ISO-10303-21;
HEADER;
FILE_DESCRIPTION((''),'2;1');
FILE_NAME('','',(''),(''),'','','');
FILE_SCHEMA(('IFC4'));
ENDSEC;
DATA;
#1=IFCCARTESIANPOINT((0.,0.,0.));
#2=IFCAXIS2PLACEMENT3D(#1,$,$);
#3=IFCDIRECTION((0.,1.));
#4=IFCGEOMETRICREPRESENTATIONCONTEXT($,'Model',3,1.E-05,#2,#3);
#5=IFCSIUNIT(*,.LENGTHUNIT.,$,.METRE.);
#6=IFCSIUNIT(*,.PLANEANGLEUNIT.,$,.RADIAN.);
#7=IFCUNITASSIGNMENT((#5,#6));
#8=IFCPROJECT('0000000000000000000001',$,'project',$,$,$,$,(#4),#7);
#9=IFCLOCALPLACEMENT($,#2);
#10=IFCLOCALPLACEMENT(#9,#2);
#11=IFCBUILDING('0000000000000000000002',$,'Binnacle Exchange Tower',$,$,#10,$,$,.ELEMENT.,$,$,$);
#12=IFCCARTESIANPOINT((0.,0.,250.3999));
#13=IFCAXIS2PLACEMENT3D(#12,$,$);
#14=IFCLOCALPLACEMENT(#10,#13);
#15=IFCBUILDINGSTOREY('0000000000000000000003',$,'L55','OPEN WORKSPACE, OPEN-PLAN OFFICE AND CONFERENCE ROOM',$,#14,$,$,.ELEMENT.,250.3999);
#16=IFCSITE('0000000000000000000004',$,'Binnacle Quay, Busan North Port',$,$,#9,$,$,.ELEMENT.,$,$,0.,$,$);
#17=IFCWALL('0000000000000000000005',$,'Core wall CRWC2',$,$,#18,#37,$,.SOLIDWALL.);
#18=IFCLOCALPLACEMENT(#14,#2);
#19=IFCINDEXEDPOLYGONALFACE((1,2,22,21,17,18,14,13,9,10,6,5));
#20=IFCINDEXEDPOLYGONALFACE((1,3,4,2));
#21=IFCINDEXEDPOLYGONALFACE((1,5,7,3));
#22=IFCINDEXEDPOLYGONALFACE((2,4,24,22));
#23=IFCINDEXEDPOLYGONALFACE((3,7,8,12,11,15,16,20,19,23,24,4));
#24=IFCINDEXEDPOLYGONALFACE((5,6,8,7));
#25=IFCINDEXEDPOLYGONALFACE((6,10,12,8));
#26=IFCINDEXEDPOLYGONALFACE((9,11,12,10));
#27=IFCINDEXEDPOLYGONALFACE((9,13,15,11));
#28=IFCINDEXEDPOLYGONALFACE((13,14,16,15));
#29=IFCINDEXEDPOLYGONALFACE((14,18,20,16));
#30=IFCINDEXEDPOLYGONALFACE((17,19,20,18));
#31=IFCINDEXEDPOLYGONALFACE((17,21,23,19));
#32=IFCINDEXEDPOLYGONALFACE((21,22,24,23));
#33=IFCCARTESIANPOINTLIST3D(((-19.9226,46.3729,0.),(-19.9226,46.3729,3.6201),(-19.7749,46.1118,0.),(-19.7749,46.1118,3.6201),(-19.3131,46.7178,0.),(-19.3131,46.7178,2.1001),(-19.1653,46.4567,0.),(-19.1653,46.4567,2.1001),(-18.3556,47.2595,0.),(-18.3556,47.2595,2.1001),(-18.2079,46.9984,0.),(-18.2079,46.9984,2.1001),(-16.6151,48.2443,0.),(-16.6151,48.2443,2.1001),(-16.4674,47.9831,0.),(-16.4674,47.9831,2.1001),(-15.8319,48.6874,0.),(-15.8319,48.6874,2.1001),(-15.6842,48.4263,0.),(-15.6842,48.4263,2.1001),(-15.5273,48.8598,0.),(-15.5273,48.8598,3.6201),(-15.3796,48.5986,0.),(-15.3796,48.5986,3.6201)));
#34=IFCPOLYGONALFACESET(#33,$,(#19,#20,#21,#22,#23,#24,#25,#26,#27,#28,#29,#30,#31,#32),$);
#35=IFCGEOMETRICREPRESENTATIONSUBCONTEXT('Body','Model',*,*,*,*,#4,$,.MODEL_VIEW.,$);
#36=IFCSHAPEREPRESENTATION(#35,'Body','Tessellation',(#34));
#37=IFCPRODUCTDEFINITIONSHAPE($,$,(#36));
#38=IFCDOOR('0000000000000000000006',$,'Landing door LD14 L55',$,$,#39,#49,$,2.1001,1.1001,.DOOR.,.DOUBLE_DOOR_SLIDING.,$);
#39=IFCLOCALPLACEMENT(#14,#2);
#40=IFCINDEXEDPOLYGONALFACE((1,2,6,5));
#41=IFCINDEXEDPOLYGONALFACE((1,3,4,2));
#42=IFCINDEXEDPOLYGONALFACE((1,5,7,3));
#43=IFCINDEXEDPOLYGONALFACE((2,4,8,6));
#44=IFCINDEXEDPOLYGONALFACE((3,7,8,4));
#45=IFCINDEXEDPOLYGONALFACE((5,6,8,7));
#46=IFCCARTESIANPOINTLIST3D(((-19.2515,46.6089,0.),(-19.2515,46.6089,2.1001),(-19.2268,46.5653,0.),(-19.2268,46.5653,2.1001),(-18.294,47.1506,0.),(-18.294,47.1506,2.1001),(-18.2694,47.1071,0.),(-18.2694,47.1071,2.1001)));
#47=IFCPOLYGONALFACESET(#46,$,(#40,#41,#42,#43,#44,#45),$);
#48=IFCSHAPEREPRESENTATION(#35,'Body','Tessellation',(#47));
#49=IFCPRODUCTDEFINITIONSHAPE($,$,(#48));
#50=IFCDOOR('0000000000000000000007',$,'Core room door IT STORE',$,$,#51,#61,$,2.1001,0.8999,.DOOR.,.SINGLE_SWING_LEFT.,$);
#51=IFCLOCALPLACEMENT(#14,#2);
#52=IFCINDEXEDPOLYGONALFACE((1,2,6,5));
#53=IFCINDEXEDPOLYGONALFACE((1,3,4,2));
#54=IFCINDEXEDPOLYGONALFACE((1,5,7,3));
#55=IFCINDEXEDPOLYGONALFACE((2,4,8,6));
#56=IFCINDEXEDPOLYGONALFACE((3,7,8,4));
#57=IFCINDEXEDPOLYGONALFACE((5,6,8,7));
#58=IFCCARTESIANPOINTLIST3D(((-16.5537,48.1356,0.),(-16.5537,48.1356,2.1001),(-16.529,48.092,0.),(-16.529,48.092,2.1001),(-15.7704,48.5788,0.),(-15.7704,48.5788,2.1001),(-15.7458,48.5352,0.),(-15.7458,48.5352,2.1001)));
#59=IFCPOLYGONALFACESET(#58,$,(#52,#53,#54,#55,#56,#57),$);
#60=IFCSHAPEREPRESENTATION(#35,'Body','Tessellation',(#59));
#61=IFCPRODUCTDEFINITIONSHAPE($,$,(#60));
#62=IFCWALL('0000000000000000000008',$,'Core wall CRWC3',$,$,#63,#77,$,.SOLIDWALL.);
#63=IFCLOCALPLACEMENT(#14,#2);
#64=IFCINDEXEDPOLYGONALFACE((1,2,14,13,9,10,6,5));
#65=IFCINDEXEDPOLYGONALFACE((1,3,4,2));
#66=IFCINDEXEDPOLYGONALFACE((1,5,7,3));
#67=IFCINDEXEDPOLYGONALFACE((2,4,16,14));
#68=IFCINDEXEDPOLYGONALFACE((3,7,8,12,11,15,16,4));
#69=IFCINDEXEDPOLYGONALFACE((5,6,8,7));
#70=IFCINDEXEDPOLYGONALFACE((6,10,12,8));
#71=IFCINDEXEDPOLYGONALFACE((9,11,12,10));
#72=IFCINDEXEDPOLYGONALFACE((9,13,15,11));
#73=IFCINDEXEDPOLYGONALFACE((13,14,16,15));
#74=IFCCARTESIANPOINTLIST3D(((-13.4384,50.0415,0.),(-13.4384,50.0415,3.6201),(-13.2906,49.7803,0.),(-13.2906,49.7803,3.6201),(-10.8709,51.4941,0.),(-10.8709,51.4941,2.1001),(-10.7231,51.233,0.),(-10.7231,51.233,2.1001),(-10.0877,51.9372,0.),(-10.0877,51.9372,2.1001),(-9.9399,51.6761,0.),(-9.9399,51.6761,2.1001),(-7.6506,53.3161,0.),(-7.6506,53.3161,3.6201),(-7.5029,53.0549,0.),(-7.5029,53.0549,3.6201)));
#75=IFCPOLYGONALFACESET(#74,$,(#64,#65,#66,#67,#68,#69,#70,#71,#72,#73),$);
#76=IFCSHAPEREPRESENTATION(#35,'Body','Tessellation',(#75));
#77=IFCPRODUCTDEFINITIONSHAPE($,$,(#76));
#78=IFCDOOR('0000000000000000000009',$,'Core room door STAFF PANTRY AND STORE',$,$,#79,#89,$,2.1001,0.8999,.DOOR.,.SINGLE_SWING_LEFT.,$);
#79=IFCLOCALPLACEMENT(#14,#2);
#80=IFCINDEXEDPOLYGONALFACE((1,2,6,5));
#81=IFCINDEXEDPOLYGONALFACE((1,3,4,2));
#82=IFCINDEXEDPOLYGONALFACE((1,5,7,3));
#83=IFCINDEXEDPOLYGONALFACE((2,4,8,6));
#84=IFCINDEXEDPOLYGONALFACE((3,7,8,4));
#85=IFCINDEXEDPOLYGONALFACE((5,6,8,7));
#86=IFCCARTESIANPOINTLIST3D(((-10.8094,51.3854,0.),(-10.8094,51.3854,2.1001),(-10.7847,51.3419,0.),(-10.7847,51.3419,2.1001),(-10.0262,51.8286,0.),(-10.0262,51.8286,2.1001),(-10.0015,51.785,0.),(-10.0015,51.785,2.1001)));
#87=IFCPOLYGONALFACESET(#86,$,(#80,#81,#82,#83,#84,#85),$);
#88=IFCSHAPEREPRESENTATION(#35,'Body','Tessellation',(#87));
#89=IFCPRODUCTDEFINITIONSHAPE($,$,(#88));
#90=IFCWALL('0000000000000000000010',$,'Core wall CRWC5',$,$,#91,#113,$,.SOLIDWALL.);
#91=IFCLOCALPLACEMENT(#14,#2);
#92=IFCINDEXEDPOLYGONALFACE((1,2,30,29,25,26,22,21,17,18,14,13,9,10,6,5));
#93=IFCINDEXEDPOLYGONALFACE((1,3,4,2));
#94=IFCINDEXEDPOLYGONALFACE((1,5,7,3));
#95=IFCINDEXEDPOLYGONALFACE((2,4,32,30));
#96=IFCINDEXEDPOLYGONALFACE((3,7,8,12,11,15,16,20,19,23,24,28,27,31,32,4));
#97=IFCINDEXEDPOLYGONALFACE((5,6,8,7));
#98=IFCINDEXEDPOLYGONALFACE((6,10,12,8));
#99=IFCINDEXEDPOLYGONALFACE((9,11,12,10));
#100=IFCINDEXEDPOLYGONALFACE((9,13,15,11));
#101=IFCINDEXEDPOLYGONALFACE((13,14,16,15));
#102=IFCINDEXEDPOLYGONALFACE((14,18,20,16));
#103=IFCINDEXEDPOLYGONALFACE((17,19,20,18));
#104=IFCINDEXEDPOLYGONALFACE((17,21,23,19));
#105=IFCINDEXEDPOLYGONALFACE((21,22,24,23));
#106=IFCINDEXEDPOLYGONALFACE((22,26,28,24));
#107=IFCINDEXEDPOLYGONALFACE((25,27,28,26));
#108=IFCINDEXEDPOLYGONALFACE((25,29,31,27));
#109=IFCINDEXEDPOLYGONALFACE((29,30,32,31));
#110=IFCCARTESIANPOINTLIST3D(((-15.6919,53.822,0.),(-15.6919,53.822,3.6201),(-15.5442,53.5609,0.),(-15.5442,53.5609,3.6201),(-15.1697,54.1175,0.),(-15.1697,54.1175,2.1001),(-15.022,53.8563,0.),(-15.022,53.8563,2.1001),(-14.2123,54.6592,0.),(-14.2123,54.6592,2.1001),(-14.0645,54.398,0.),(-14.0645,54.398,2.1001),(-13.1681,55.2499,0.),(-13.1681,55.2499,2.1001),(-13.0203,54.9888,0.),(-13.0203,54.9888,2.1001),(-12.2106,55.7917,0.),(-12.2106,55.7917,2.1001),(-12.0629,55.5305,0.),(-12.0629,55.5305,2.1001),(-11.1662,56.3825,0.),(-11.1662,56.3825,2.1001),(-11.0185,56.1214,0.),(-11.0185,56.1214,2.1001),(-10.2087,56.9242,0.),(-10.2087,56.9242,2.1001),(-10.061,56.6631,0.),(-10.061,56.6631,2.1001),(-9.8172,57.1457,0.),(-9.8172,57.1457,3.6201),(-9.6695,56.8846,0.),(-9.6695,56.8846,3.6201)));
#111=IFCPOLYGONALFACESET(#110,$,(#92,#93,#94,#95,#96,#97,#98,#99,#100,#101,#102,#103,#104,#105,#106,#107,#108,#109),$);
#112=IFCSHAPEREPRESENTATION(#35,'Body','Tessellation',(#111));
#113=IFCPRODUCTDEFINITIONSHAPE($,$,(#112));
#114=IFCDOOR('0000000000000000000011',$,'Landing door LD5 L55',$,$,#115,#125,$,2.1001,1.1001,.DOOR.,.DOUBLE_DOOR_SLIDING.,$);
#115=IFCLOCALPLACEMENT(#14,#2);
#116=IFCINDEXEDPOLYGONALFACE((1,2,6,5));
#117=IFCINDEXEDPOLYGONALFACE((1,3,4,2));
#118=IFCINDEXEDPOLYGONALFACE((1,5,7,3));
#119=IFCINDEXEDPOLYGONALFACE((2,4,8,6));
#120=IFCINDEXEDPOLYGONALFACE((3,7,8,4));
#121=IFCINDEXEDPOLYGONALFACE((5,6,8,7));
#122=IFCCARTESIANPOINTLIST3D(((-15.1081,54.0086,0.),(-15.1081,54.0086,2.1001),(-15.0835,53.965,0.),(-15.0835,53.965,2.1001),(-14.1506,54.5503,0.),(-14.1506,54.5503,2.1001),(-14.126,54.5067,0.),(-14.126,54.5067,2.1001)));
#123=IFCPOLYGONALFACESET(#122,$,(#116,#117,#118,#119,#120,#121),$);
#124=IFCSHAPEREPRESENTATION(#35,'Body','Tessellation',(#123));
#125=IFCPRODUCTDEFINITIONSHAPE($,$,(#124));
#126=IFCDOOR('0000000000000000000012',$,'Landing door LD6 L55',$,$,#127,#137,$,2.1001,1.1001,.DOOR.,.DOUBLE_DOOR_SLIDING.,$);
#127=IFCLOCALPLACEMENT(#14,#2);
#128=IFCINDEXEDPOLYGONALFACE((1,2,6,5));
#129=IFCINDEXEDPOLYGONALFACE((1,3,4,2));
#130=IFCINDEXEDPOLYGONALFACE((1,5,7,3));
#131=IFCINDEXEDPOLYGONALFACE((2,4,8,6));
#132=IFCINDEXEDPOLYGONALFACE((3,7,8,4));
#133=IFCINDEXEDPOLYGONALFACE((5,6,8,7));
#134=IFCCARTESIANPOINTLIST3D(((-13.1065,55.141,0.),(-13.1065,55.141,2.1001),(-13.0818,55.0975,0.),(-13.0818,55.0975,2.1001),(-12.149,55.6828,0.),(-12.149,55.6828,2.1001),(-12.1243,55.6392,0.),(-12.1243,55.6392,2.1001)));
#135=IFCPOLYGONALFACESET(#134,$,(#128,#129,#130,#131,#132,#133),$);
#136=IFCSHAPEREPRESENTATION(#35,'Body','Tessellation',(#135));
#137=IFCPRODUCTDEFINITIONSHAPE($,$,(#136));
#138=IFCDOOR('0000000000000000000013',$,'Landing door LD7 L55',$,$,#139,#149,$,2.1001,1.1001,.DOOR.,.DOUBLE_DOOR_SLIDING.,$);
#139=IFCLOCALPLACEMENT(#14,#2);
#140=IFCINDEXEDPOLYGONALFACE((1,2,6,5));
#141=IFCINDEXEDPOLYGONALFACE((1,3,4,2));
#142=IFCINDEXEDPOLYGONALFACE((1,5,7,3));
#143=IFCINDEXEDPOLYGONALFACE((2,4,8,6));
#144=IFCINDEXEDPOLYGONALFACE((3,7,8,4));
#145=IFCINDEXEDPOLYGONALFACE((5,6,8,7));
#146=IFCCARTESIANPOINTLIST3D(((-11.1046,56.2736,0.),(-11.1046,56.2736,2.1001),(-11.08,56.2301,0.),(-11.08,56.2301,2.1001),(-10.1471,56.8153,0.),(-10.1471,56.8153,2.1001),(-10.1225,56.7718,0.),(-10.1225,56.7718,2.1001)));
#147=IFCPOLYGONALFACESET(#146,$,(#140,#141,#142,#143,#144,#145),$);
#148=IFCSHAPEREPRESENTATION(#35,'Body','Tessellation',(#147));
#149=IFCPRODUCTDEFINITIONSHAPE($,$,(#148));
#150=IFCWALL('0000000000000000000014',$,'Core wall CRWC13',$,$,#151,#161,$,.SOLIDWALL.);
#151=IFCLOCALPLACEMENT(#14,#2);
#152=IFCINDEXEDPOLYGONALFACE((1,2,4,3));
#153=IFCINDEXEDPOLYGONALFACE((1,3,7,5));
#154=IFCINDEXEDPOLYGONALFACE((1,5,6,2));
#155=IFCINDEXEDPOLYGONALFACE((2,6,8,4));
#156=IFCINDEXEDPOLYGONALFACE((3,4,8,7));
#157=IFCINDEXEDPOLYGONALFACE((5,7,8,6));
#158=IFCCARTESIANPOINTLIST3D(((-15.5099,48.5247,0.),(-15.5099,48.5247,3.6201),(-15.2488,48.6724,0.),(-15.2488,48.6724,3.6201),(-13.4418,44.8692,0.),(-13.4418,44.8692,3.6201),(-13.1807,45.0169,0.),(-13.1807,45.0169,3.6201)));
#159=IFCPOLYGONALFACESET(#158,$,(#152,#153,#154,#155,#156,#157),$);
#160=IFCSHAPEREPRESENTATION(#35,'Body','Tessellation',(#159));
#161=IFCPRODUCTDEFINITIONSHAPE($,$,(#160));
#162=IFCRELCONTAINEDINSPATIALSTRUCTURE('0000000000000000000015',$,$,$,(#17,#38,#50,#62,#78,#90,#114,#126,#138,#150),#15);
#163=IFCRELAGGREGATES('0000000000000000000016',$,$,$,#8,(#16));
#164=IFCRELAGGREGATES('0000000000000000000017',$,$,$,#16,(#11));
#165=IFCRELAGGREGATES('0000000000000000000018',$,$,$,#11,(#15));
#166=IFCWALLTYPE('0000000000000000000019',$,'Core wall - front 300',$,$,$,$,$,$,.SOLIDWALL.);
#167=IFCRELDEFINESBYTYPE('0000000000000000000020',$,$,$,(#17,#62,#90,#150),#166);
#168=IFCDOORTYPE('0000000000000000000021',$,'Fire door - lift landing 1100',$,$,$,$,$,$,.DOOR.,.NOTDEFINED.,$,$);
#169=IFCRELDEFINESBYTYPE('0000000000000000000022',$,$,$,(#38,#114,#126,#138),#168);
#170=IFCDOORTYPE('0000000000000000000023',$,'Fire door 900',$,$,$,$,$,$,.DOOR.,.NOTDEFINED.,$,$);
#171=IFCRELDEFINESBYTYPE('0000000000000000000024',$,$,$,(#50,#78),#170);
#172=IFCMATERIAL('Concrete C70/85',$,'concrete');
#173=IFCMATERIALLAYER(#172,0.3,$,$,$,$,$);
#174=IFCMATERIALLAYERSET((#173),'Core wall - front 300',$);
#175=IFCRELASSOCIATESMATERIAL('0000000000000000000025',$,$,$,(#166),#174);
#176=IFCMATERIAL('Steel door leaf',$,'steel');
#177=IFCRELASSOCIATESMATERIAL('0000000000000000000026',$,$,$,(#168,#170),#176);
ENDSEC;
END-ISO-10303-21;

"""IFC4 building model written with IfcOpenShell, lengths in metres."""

from ifc_helpers import new_model, si_unit, direction, frame, frame_2d, origin, place, context, subcontext, project, spatial, rectangle, extrude, material, layer, layer_set, type_object, element, fill, save


model = new_model("IFC4")

# Units and contexts
model_context = context("Model", 3, precision=1e-05, world=origin(), true_north=direction((0.0, 1.0)))
body_context = subcontext(model_context, "Body", "Model", "MODEL_VIEW")
ifc_project = project(units=[si_unit("LENGTHUNIT", "METRE"), si_unit("PLANEANGLEUNIT", "RADIAN")], contexts=[model_context])

# Site, building, storey
site_placement = place(None, origin())
site = spatial("IfcSite", under=ifc_project, at=site_placement, Name="Binnacle Quay, Busan North Port", CompositionType="ELEMENT", RefElevation=0.0)
building_placement = place(site_placement, origin())
building = spatial("IfcBuilding", under=site, at=building_placement, Name="Binnacle Exchange Tower", CompositionType="ELEMENT")
storey_placement = place(building_placement, frame((0.0, 0.0, 250.3999)))
storey = spatial("IfcBuildingStorey", under=building, at=storey_placement, Name="L55", Description="OPEN WORKSPACE, OPEN-PLAN OFFICE AND CONFERENCE ROOM", CompositionType="ELEMENT", Elevation=250.3999)

# Wall, openings, doors
ifc_material_1 = material(Name="Concrete C70/85", Category="concrete")
ifc_layer_1 = layer(ifc_material_1, 0.3)
ifc_layer_set_1 = layer_set([ifc_layer_1], Name="Core wall - front 300")
wall_type_1 = type_object("IfcWallType", Name="Core wall - front 300", PredefinedType="SOLIDWALL", material=ifc_layer_set_1)
wall_1_placement = place(storey_placement, frame((-19.8486, 46.2424, 0.0), z_axis=(0.0, 0.0, 1.0), x_axis=(0.870348, 0.492438, 0.0)))
wall_1 = element("IfcWall", 1, at=wall_1_placement, inside=storey, type_object=wall_type_1, Name="Core wall CRWC2", PredefinedType="SOLIDWALL", context=body_context, shape_type="SweptSolid", body=[
    extrude(rectangle(XDim=5.05, YDim=0.3, at=frame_2d((2.5249, 0.0))), origin(), (0.0, 0.0, 1.0), 3.6201),
])
opening_1_placement = place(wall_1_placement, frame((0.7002, 0.0, 0.0)))
opening_1 = element("IfcOpeningElement", 2, at=opening_1_placement, cuts=wall_1, PredefinedType="OPENING", context=body_context, shape_type="SweptSolid", body=[
    extrude(rectangle(XDim=1.1001, YDim=2.1001, at=frame_2d((0.55, 1.05))), frame((0.0, 0.1599, 0.0), z_axis=(0.0, -1.0, 0.0), x_axis=(1.0, 0.0, 0.0)), (0.0, 0.0, 1.0), 0.3201),
])
opening_2_placement = place(wall_1_placement, frame((3.8, 0.0, 0.0)))
opening_2 = element("IfcOpeningElement", 3, at=opening_2_placement, cuts=wall_1, PredefinedType="OPENING", context=body_context, shape_type="SweptSolid", body=[
    extrude(rectangle(XDim=0.8999, YDim=2.1001, at=frame_2d((0.45, 1.05))), frame((0.0, 0.1599, 0.0), z_axis=(0.0, -1.0, 0.0), x_axis=(1.0, 0.0, 0.0)), (0.0, 0.0, 1.0), 0.3201),
])
ifc_material_2 = material(Name="Steel door leaf", Category="steel")
door_type_1 = type_object("IfcDoorType", Name="Fire door - lift landing 1100", OperationType="NOTDEFINED", PredefinedType="DOOR", material=ifc_material_2)
door_1_placement = place(opening_1_placement, origin())
door_1 = element("IfcDoor", 4, at=door_1_placement, inside=storey, type_object=door_type_1, Name="Landing door LD14 L55", OperationType="DOUBLE_DOOR_SLIDING", OverallHeight=2.1001, OverallWidth=1.1001, PredefinedType="DOOR", context=body_context, shape_type="SweptSolid", body=[
    extrude(rectangle(XDim=1.1001, YDim=2.1001, at=frame_2d((0.55, 1.05))), frame((0.0, 0.0249, 0.0), z_axis=(0.0, -1.0, 0.0), x_axis=(1.0, 0.0, 0.0)), (0.0, 0.0, 1.0), 0.05),
])
fill(opening_1, door_1)
door_type_2 = type_object("IfcDoorType", Name="Fire door 900", OperationType="NOTDEFINED", PredefinedType="DOOR", material=ifc_material_2)
door_2_placement = place(opening_2_placement, frame((0.8999, 0.0, 0.0), z_axis=(0.0, 0.0, 1.0), x_axis=(-1.0, 0.0, 0.0)))
door_2 = element("IfcDoor", 5, at=door_2_placement, inside=storey, type_object=door_type_2, Name="Core room door IT STORE", OperationType="SINGLE_SWING_LEFT", OverallHeight=2.1001, OverallWidth=0.8999, PredefinedType="DOOR", context=body_context, shape_type="SweptSolid", body=[
    extrude(rectangle(XDim=0.8999, YDim=2.1001, at=frame_2d((0.45, 1.05))), frame((0.0, 0.0249, 0.0), z_axis=(0.0, -1.0, 0.0), x_axis=(1.0, 0.0, 0.0)), (0.0, 0.0, 1.0), 0.05),
])
fill(opening_2, door_2)

# Wall, opening, door
wall_2_placement = place(storey_placement, frame((-13.3645, 49.9109, 0.0), z_axis=(0.0, 0.0, 1.0), x_axis=(0.870352, 0.49243, 0.0)))
wall_2 = element("IfcWall", 6, at=wall_2_placement, inside=storey, type_object=wall_type_1, Name="Core wall CRWC3", PredefinedType="SOLIDWALL", context=body_context, shape_type="SweptSolid", body=[
    extrude(rectangle(XDim=6.6499, YDim=0.3, at=frame_2d((3.325, 0.0))), origin(), (0.0, 0.0, 1.0), 3.6201),
])
opening_3_placement = place(wall_2_placement, frame((2.95, 0.0, 0.0)))
opening_3 = element("IfcOpeningElement", 7, at=opening_3_placement, cuts=wall_2, PredefinedType="OPENING", context=body_context, shape_type="SweptSolid", body=[
    extrude(rectangle(XDim=0.8999, YDim=2.1001, at=frame_2d((0.45, 1.05))), frame((0.0, 0.1599, 0.0), z_axis=(0.0, -1.0, 0.0), x_axis=(1.0, 0.0, 0.0)), (0.0, 0.0, 1.0), 0.3201),
])
door_3_placement = place(opening_3_placement, frame((0.8999, 0.0, 0.0), z_axis=(0.0, 0.0, 1.0), x_axis=(-1.0, 0.0, 0.0)))
door_3 = element("IfcDoor", 8, at=door_3_placement, inside=storey, type_object=door_type_2, Name="Core room door STAFF PANTRY AND STORE", OperationType="SINGLE_SWING_LEFT", OverallHeight=2.1001, OverallWidth=0.8999, PredefinedType="DOOR", context=body_context, shape_type="SweptSolid", body=[
    extrude(rectangle(XDim=0.8999, YDim=2.1001, at=frame_2d((0.45, 1.05))), frame((0.0, 0.0249, 0.0), z_axis=(0.0, -1.0, 0.0), x_axis=(1.0, 0.0, 0.0)), (0.0, 0.0, 1.0), 0.05),
])
fill(opening_3, door_3)

# Wall, openings, doors
wall_3_placement = place(storey_placement, frame((-15.6182, 53.6914, 0.0), z_axis=(0.0, 0.0, 1.0), x_axis=(0.870359, 0.492418, 0.0)))
wall_3 = element("IfcWall", 9, at=wall_3_placement, inside=storey, type_object=wall_type_1, Name="Core wall CRWC5", PredefinedType="SOLIDWALL", context=body_context, shape_type="SweptSolid", body=[
    extrude(rectangle(XDim=6.7498, YDim=0.3, at=frame_2d((3.375, 0.0))), origin(), (0.0, 0.0, 1.0), 3.6201),
])
opening_4_placement = place(wall_3_placement, frame((0.6001, 0.0, 0.0)))
opening_4 = element("IfcOpeningElement", 10, at=opening_4_placement, cuts=wall_3, PredefinedType="OPENING", context=body_context, shape_type="SweptSolid", body=[
    extrude(rectangle(XDim=1.1001, YDim=2.1001, at=frame_2d((0.55, 1.05))), frame((0.0, 0.1599, 0.0), z_axis=(0.0, -1.0, 0.0), x_axis=(1.0, 0.0, 0.0)), (0.0, 0.0, 1.0), 0.3201),
])
opening_5_placement = place(wall_3_placement, frame((2.8999, 0.0, 0.0)))
opening_5 = element("IfcOpeningElement", 11, at=opening_5_placement, cuts=wall_3, PredefinedType="OPENING", context=body_context, shape_type="SweptSolid", body=[
    extrude(rectangle(XDim=1.1001, YDim=2.1001, at=frame_2d((0.55, 1.05))), frame((0.0, 0.1599, 0.0), z_axis=(0.0, -1.0, 0.0), x_axis=(1.0, 0.0, 0.0)), (0.0, 0.0, 1.0), 0.3201),
])
opening_6_placement = place(wall_3_placement, frame((5.2, 0.0, 0.0)))
opening_6 = element("IfcOpeningElement", 12, at=opening_6_placement, cuts=wall_3, PredefinedType="OPENING", context=body_context, shape_type="SweptSolid", body=[
    extrude(rectangle(XDim=1.1001, YDim=2.1001, at=frame_2d((0.55, 1.05))), frame((0.0, 0.1599, 0.0), z_axis=(0.0, -1.0, 0.0), x_axis=(1.0, 0.0, 0.0)), (0.0, 0.0, 1.0), 0.3201),
])
door_4_placement = place(opening_4_placement, origin())
door_4 = element("IfcDoor", 13, at=door_4_placement, inside=storey, type_object=door_type_1, Name="Landing door LD5 L55", OperationType="DOUBLE_DOOR_SLIDING", OverallHeight=2.1001, OverallWidth=1.1001, PredefinedType="DOOR", context=body_context, shape_type="SweptSolid", body=[
    extrude(rectangle(XDim=1.1001, YDim=2.1001, at=frame_2d((0.55, 1.05))), frame((0.0, 0.0249, 0.0), z_axis=(0.0, -1.0, 0.0), x_axis=(1.0, 0.0, 0.0)), (0.0, 0.0, 1.0), 0.05),
])
fill(opening_4, door_4)
door_5_placement = place(opening_5_placement, origin())
door_5 = element("IfcDoor", 14, at=door_5_placement, inside=storey, type_object=door_type_1, Name="Landing door LD6 L55", OperationType="DOUBLE_DOOR_SLIDING", OverallHeight=2.1001, OverallWidth=1.1001, PredefinedType="DOOR", context=body_context, shape_type="SweptSolid", body=[
    extrude(rectangle(XDim=1.1001, YDim=2.1001, at=frame_2d((0.55, 1.05))), frame((0.0, 0.0249, 0.0), z_axis=(0.0, -1.0, 0.0), x_axis=(1.0, 0.0, 0.0)), (0.0, 0.0, 1.0), 0.05),
])
fill(opening_5, door_5)
door_6_placement = place(opening_6_placement, origin())
door_6 = element("IfcDoor", 15, at=door_6_placement, inside=storey, type_object=door_type_1, Name="Landing door LD7 L55", OperationType="DOUBLE_DOOR_SLIDING", OverallHeight=2.1001, OverallWidth=1.1001, PredefinedType="DOOR", context=body_context, shape_type="SweptSolid", body=[
    extrude(rectangle(XDim=1.1001, YDim=2.1001, at=frame_2d((0.55, 1.05))), frame((0.0, 0.0249, 0.0), z_axis=(0.0, -1.0, 0.0), x_axis=(1.0, 0.0, 0.0)), (0.0, 0.0, 1.0), 0.05),
])
fill(opening_6, door_6)

# Wall
for number, where, z_axis, x_axis, name in (
    (16, (-15.3794, 48.5986, 0.0), (0.0, 0.0, 1.0), (0.49241, -0.870364, 0.0), "Core wall CRWC13"),
):
    element("IfcWall", number, at=place(storey_placement, frame(where, z_axis=z_axis, x_axis=x_axis)), inside=storey, type_object=wall_type_1, Name=name, PredefinedType="SOLIDWALL", context=body_context, shape_type="SweptSolid", body=[
        extrude(rectangle(XDim=4.2, YDim=0.3, at=frame_2d((2.1001, 0.0))), origin(), (0.0, 0.0, 1.0), 3.6201),
    ])

save(model, "model.ifc")
